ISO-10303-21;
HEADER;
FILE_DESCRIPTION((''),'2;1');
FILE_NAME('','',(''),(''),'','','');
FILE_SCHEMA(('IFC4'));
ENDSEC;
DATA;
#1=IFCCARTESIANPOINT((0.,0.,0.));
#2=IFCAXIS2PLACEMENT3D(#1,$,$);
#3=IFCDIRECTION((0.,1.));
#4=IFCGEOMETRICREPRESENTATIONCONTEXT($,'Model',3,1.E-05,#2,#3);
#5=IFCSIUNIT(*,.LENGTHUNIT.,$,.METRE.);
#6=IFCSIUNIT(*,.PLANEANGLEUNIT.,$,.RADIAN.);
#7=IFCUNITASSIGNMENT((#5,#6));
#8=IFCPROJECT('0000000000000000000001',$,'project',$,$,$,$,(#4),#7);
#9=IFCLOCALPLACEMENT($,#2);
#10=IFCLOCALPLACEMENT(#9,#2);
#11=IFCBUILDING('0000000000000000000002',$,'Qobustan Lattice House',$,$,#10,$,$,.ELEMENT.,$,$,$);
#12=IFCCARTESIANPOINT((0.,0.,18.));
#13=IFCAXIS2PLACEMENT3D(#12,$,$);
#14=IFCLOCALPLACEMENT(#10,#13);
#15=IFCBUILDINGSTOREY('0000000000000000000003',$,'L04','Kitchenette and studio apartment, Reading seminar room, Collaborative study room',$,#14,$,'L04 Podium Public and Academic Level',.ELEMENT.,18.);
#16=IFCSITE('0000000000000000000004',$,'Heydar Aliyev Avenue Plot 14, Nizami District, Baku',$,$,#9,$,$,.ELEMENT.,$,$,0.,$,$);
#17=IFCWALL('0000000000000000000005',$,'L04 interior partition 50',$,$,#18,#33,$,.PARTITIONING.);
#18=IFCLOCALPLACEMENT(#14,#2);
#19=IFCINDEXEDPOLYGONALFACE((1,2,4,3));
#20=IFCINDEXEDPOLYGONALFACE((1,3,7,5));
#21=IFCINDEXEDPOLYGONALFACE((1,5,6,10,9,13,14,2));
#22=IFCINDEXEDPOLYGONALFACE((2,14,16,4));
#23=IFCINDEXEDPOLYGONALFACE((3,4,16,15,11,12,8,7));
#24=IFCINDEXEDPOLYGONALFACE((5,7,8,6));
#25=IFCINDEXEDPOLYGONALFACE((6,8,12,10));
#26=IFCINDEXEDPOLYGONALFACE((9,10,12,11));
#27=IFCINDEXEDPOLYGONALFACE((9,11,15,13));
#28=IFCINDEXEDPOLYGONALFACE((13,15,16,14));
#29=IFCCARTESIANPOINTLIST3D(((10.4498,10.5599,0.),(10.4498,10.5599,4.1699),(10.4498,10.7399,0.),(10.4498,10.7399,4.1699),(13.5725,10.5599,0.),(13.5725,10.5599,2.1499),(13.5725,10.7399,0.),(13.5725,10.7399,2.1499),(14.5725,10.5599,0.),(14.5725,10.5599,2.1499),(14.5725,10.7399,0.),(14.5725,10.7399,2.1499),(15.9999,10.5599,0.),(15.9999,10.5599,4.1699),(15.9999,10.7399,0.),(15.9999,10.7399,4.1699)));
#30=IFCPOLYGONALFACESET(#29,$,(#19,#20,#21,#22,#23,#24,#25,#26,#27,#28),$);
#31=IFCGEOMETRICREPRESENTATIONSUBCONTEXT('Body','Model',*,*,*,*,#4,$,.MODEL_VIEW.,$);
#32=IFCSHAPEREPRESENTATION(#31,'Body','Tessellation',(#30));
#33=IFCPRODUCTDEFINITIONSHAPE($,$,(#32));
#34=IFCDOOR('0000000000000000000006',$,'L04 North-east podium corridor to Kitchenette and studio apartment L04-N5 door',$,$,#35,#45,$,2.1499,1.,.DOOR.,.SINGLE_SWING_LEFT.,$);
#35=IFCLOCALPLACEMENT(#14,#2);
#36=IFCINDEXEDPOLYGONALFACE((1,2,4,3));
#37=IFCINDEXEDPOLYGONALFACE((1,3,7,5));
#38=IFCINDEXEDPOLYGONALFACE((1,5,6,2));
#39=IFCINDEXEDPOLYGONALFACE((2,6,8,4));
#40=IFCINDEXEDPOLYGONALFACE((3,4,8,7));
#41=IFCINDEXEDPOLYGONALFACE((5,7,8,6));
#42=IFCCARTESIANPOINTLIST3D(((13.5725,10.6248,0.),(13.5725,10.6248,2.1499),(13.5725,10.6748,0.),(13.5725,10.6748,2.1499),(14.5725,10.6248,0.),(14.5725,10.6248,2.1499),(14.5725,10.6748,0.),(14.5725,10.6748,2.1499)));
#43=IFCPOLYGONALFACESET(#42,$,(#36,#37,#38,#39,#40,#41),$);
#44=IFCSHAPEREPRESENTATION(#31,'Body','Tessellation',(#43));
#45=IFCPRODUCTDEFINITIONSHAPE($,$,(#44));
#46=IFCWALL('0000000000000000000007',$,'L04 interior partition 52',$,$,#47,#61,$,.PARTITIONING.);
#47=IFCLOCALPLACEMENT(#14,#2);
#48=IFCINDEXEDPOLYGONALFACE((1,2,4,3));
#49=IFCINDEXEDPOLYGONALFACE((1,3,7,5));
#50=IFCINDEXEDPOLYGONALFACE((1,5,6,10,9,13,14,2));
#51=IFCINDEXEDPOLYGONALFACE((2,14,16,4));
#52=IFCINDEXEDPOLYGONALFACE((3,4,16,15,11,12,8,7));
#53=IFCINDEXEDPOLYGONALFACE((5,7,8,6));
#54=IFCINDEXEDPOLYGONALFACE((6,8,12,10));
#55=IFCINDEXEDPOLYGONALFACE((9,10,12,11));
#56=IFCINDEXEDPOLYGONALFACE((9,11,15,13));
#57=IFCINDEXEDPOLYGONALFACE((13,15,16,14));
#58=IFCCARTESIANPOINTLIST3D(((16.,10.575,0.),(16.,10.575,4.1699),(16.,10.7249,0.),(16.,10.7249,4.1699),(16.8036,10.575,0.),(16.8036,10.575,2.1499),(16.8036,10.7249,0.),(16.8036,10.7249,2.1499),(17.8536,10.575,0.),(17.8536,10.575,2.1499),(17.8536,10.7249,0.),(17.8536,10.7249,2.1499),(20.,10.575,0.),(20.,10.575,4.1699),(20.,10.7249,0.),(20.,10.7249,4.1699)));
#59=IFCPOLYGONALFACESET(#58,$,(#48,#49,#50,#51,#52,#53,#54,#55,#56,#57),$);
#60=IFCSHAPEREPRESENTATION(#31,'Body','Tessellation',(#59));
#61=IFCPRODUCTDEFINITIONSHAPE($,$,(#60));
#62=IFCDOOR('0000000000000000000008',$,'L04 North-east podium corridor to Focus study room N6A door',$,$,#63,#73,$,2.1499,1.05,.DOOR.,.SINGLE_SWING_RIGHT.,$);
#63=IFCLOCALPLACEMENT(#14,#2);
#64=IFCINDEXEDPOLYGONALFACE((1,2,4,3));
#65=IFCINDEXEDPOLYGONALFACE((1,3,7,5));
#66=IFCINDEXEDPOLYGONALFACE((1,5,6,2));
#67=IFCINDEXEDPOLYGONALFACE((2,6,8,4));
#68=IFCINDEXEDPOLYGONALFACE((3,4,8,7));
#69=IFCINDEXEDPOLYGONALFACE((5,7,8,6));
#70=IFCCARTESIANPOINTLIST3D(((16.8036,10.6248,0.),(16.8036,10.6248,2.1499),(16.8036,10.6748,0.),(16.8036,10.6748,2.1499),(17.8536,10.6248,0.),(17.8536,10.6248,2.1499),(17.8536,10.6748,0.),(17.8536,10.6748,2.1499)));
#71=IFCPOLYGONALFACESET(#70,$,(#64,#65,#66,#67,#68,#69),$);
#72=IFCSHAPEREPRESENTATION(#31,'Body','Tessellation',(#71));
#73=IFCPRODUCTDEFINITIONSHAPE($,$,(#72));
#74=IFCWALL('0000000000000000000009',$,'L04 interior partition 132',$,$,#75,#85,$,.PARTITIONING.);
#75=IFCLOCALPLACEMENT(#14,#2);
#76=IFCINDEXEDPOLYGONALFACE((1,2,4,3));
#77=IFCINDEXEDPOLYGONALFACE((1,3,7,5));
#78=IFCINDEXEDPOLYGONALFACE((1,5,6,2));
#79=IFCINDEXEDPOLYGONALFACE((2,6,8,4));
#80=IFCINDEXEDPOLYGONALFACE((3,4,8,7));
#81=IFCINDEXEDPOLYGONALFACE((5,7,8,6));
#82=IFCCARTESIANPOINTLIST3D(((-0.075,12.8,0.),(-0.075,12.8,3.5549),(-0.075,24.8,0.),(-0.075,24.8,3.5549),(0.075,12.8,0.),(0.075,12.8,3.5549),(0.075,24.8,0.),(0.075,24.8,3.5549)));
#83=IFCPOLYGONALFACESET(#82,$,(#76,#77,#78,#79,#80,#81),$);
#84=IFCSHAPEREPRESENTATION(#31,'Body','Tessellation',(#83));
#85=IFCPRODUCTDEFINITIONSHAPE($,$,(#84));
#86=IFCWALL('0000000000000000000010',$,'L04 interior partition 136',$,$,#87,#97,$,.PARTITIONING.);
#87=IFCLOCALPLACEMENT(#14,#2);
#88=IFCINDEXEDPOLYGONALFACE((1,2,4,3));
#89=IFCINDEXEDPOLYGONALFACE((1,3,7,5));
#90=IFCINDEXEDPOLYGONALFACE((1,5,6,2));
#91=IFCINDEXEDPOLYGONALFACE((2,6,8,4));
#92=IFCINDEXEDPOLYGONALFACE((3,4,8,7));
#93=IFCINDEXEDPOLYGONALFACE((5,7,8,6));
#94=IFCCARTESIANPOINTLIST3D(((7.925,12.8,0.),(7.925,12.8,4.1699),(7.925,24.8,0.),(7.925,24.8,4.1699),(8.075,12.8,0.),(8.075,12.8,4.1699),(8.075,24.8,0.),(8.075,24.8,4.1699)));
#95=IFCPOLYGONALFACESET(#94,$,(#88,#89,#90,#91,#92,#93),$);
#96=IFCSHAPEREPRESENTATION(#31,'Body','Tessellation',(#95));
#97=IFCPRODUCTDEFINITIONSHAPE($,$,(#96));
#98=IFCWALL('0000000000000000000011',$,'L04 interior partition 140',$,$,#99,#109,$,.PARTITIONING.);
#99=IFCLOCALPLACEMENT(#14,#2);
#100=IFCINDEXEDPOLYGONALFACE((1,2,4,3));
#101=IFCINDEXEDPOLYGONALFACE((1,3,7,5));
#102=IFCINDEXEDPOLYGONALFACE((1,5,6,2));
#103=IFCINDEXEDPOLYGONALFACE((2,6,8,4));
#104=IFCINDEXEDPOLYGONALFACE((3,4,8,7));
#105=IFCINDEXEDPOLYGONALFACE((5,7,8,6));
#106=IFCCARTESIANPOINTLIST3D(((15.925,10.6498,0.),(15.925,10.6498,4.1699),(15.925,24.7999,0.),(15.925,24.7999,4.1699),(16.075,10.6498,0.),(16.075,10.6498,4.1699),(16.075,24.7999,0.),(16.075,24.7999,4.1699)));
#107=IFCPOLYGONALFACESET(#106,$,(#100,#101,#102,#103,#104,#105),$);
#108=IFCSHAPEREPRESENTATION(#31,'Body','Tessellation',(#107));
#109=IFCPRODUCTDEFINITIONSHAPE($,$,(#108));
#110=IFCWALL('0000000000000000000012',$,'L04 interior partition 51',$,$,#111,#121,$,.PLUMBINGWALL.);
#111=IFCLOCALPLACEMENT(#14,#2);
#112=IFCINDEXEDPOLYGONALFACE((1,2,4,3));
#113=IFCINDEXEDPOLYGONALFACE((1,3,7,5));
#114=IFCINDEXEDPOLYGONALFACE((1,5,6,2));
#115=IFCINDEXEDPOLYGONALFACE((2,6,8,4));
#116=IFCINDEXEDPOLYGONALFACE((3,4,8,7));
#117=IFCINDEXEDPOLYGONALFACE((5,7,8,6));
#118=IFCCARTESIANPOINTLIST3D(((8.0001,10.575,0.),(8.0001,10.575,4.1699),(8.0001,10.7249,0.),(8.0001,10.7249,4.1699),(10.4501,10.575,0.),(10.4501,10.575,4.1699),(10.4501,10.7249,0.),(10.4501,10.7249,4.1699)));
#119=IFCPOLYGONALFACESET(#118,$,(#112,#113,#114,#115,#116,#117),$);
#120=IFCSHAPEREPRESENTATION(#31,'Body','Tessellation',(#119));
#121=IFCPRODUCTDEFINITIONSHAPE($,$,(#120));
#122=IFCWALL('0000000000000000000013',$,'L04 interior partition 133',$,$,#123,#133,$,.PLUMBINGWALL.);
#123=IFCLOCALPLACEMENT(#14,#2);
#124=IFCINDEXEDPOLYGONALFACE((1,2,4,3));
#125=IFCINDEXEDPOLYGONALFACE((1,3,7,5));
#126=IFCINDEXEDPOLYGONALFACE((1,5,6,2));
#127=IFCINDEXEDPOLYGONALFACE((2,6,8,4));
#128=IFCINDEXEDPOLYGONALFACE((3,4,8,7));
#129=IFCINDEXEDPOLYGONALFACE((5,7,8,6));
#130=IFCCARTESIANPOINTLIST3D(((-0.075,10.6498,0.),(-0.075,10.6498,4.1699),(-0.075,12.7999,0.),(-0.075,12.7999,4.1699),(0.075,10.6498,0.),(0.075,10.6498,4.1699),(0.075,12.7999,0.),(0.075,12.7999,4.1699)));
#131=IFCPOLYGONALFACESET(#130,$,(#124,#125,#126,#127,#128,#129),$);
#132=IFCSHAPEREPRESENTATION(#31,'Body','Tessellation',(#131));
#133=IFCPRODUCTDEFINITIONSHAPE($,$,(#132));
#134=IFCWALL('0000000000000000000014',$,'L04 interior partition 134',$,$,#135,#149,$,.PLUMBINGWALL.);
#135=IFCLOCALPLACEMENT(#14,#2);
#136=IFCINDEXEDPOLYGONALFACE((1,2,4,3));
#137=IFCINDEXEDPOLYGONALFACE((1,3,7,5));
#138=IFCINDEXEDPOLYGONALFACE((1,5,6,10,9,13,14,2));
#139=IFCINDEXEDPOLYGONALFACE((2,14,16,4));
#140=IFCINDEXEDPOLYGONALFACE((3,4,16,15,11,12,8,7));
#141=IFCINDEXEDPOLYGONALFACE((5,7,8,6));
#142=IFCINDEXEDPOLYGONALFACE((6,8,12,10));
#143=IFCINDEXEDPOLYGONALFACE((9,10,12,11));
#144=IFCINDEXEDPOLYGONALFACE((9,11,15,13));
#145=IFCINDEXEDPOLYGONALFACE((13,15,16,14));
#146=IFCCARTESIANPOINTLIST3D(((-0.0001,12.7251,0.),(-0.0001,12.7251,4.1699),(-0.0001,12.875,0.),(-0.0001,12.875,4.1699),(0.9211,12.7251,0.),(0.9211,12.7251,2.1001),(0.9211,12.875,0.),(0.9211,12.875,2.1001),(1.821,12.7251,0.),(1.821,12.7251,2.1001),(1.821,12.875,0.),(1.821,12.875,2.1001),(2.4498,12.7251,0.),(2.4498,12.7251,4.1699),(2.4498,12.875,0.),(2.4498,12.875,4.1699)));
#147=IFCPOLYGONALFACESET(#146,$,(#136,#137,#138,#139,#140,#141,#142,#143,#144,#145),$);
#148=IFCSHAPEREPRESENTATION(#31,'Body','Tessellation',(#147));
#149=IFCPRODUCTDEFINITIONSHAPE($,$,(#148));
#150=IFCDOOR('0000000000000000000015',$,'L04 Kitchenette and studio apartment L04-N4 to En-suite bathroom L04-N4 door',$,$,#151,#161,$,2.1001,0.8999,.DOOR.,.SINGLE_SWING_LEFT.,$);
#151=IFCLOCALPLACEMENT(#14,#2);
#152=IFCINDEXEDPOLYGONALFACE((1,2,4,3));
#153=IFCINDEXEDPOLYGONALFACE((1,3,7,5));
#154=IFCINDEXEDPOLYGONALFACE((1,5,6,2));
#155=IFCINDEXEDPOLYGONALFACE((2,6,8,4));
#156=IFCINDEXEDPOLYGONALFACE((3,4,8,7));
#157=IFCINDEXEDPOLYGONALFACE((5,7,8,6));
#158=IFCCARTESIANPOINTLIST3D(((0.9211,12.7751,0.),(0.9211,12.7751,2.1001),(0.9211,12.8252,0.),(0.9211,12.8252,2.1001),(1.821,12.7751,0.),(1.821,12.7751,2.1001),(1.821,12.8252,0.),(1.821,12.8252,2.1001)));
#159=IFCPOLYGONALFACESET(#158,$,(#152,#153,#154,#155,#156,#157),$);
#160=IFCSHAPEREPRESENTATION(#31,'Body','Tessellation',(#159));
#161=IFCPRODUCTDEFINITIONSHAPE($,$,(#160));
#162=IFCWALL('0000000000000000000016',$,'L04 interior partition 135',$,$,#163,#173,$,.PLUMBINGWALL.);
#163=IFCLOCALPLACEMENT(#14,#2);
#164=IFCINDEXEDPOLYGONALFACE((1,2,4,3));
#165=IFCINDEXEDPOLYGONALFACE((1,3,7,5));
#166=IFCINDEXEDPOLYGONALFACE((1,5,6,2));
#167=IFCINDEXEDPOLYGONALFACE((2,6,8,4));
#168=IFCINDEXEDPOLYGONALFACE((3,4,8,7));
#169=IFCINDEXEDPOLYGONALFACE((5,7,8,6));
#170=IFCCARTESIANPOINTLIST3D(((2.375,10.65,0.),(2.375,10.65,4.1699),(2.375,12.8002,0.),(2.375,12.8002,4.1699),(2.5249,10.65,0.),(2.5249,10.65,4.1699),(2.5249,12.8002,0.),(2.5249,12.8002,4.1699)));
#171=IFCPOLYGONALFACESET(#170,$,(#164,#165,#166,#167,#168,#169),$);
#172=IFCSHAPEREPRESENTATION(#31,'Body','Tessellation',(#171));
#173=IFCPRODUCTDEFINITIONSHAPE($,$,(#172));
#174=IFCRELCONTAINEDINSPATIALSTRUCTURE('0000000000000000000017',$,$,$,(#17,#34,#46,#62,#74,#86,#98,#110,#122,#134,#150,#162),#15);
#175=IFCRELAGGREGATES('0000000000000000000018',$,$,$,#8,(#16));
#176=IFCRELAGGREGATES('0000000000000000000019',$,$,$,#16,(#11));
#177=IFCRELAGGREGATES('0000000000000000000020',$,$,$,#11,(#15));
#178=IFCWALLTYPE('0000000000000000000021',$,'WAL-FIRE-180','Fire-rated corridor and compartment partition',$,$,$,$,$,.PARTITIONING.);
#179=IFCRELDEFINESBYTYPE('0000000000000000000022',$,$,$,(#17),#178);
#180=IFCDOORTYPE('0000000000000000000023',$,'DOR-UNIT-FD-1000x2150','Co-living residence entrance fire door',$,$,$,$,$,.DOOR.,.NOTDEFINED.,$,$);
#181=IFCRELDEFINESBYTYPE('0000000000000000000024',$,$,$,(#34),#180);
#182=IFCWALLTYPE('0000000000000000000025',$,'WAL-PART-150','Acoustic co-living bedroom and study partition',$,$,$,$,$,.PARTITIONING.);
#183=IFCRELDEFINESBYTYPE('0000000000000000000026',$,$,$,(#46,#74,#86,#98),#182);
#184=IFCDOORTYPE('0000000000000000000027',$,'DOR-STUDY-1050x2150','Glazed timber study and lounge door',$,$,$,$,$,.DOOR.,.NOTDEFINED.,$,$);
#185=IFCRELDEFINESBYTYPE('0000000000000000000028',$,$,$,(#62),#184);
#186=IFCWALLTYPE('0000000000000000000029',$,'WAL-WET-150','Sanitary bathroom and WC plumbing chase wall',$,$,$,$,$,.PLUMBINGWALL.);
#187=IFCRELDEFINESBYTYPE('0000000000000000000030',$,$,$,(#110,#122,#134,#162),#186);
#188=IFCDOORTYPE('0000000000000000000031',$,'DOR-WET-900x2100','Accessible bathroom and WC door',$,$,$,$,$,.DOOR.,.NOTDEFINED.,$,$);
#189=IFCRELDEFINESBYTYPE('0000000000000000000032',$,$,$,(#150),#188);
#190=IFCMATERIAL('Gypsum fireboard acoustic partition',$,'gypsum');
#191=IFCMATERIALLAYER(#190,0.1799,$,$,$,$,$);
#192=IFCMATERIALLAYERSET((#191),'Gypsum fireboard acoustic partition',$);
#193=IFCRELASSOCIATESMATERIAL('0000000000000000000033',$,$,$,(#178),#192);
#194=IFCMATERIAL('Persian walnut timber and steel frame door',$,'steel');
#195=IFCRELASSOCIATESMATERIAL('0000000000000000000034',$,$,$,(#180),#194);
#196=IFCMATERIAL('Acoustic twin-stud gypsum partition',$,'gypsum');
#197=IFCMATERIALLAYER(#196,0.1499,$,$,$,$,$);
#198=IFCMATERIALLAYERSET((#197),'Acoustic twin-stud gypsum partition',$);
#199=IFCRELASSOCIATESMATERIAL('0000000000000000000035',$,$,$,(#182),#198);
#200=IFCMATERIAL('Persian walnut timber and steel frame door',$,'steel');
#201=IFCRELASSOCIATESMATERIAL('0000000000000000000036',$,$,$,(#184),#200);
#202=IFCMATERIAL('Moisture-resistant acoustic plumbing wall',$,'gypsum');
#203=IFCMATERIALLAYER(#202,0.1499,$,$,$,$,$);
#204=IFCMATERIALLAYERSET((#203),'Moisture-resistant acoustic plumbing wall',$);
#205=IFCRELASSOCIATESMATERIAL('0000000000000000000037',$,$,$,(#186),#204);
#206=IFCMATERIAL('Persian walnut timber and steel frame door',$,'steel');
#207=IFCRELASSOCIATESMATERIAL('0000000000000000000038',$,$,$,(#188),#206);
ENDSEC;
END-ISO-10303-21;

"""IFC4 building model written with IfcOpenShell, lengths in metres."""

from ifc_helpers import new_model, si_unit, direction, frame, frame_2d, origin, place, context, subcontext, project, spatial, rectangle, extrude, material, layer, layer_set, type_object, element, fill, save


model = new_model("IFC4")

# Units and contexts
model_context = context("Model", 3, precision=1e-05, world=origin(), true_north=direction((0.0, 1.0)))
body_context = subcontext(model_context, "Body", "Model", "MODEL_VIEW")
ifc_project = project(units=[si_unit("LENGTHUNIT", "METRE"), si_unit("PLANEANGLEUNIT", "RADIAN")], contexts=[model_context])

# Site, building, storey
site_placement = place(None, origin())
site = spatial("IfcSite", under=ifc_project, at=site_placement, Name="Heydar Aliyev Avenue Plot 14, Nizami District, Baku", CompositionType="ELEMENT", RefElevation=0.0)
building_placement = place(site_placement, origin())
building = spatial("IfcBuilding", under=site, at=building_placement, Name="Qobustan Lattice House", CompositionType="ELEMENT")
storey_placement = place(building_placement, frame((0.0, 0.0, 18.0)))
storey = spatial("IfcBuildingStorey", under=building, at=storey_placement, Name="L04", Description="Kitchenette and studio apartment, Reading seminar room, Collaborative study room", LongName="L04 Podium Public and Academic Level", CompositionType="ELEMENT", Elevation=18.0)

# Walls, openings, doors
ifc_material_1 = material(Name="Gypsum fireboard acoustic partition", Category="gypsum")
ifc_layer_1 = layer(ifc_material_1, 0.1799)
ifc_layer_set_1 = layer_set([ifc_layer_1], Name="Gypsum fireboard acoustic partition")
wall_type_1 = type_object("IfcWallType", Name="WAL-FIRE-180", Description="Fire-rated corridor and compartment partition", PredefinedType="PARTITIONING", material=ifc_layer_set_1)
wall_1_placement = place(storey_placement, frame((10.45, 10.6499, 0.0), z_axis=(0.0, 0.0, 1.0), x_axis=(1.0, 0.0, 0.0)))
wall_1 = element("IfcWall", 1, at=wall_1_placement, inside=storey, type_object=wall_type_1, Name="L04 interior partition 50", PredefinedType="PARTITIONING", context=body_context, shape_type="SweptSolid", body=[
    extrude(rectangle(XDim=5.55, YDim=0.1799, at=frame_2d((2.7749, 0.0))), origin(), (0.0, 0.0, 1.0), 4.1699),
])
opening_1_placement = place(wall_1_placement, frame((3.1226, 0.0, 0.0)))
opening_1 = element("IfcOpeningElement", 2, at=opening_1_placement, cuts=wall_1, PredefinedType="OPENING", context=body_context, shape_type="SweptSolid", body=[
    extrude(rectangle(XDim=1.0, YDim=2.1499, at=frame_2d((0.5, 1.075))), frame((0.0, 0.0999, 0.0), z_axis=(0.0, -1.0, 0.0), x_axis=(1.0, 0.0, 0.0)), (0.0, 0.0, 1.0), 0.2),
])
ifc_material_2 = material(Name="Persian walnut timber and steel frame door", Category="steel")
door_type_1 = type_object("IfcDoorType", Name="DOR-UNIT-FD-1000x2150", Description="Co-living residence entrance fire door", OperationType="NOTDEFINED", PredefinedType="DOOR", material=ifc_material_2)
door_1_placement = place(opening_1_placement, origin())
door_1 = element("IfcDoor", 3, at=door_1_placement, inside=storey, type_object=door_type_1, Name="L04 North-east podium corridor to Kitchenette and studio apartment L04-N5 door", OperationType="SINGLE_SWING_LEFT", OverallHeight=2.1499, OverallWidth=1.0, PredefinedType="DOOR", context=body_context, shape_type="SweptSolid", body=[
    extrude(rectangle(XDim=1.0, YDim=2.1499, at=frame_2d((0.5, 1.075))), frame((0.0, 0.0249, 0.0), z_axis=(0.0, -1.0, 0.0), x_axis=(1.0, 0.0, 0.0)), (0.0, 0.0, 1.0), 0.05),
])
fill(opening_1, door_1)
ifc_material_3 = material(Name="Acoustic twin-stud gypsum partition", Category="gypsum")
ifc_layer_2 = layer(ifc_material_3, 0.1499)
ifc_layer_set_2 = layer_set([ifc_layer_2], Name="Acoustic twin-stud gypsum partition")
wall_type_2 = type_object("IfcWallType", Name="WAL-PART-150", Description="Acoustic co-living bedroom and study partition", PredefinedType="PARTITIONING", material=ifc_layer_set_2)
wall_2_placement = place(storey_placement, frame((16.0, 10.6499, 0.0), z_axis=(0.0, 0.0, 1.0), x_axis=(1.0, 0.0, 0.0)))
wall_2 = element("IfcWall", 4, at=wall_2_placement, inside=storey, type_object=wall_type_2, Name="L04 interior partition 52", PredefinedType="PARTITIONING", context=body_context, shape_type="SweptSolid", body=[
    extrude(rectangle(XDim=4.0, YDim=0.1499, at=frame_2d((2.0, 0.0))), origin(), (0.0, 0.0, 1.0), 4.1699),
])
opening_2_placement = place(wall_2_placement, frame((0.8037, 0.0, 0.0)))
opening_2 = element("IfcOpeningElement", 5, at=opening_2_placement, cuts=wall_2, PredefinedType="OPENING", context=body_context, shape_type="SweptSolid", body=[
    extrude(rectangle(XDim=1.05, YDim=2.1499, at=frame_2d((0.5249, 1.075))), frame((0.0, 0.085, 0.0), z_axis=(0.0, -1.0, 0.0), x_axis=(1.0, 0.0, 0.0)), (0.0, 0.0, 1.0), 0.1699),
])
ifc_material_4 = material(Name="Persian walnut timber and steel frame door", Category="steel")
door_type_2 = type_object("IfcDoorType", Name="DOR-STUDY-1050x2150", Description="Glazed timber study and lounge door", OperationType="NOTDEFINED", PredefinedType="DOOR", material=ifc_material_4)
door_2_placement = place(opening_2_placement, origin())
door_2 = element("IfcDoor", 6, at=door_2_placement, inside=storey, type_object=door_type_2, Name="L04 North-east podium corridor to Focus study room N6A door", OperationType="SINGLE_SWING_RIGHT", OverallHeight=2.1499, OverallWidth=1.05, PredefinedType="DOOR", context=body_context, shape_type="SweptSolid", body=[
    extrude(rectangle(XDim=1.05, YDim=2.1499, at=frame_2d((0.5249, 1.075))), frame((0.0, 0.0249, 0.0), z_axis=(0.0, -1.0, 0.0), x_axis=(1.0, 0.0, 0.0)), (0.0, 0.0, 1.0), 0.05),
])
fill(opening_2, door_2)

# Walls
wall_3_placement = place(storey_placement, frame((0.0, 24.8, 0.0), z_axis=(0.0, 0.0, 1.0), x_axis=(0.0, -1.0, 0.0)))
element("IfcWall", 7, at=wall_3_placement, inside=storey, type_object=wall_type_2, Name="L04 interior partition 132", PredefinedType="PARTITIONING", context=body_context, shape_type="SweptSolid", body=[
    extrude(rectangle(XDim=12.0, YDim=0.1499, at=frame_2d((6.0, 0.0))), origin(), (0.0, 0.0, 1.0), 3.5549),
])
wall_4_placement = place(storey_placement, frame((8.0, 24.8, 0.0), z_axis=(0.0, 0.0, 1.0), x_axis=(0.0, -1.0, 0.0)))
element("IfcWall", 8, at=wall_4_placement, inside=storey, type_object=wall_type_2, Name="L04 interior partition 136", PredefinedType="PARTITIONING", context=body_context, shape_type="SweptSolid", body=[
    extrude(rectangle(XDim=12.0, YDim=0.1499, at=frame_2d((6.0, 0.0))), origin(), (0.0, 0.0, 1.0), 4.1699),
])
wall_5_placement = place(storey_placement, frame((16.0, 24.8, 0.0), z_axis=(0.0, 0.0, 1.0), x_axis=(0.0, -1.0, 0.0)))
element("IfcWall", 9, at=wall_5_placement, inside=storey, type_object=wall_type_2, Name="L04 interior partition 140", PredefinedType="PARTITIONING", context=body_context, shape_type="SweptSolid", body=[
    extrude(rectangle(XDim=14.1501, YDim=0.1499, at=frame_2d((7.0752, 0.0))), origin(), (0.0, 0.0, 1.0), 4.1699),
])
ifc_material_5 = material(Name="Moisture-resistant acoustic plumbing wall", Category="gypsum")
ifc_layer_3 = layer(ifc_material_5, 0.1499)
ifc_layer_set_3 = layer_set([ifc_layer_3], Name="Moisture-resistant acoustic plumbing wall")
wall_type_3 = type_object("IfcWallType", Name="WAL-WET-150", Description="Sanitary bathroom and WC plumbing chase wall", PredefinedType="PLUMBINGWALL", material=ifc_layer_set_3)
wall_6_placement = place(storey_placement, frame((8.0, 10.6499, 0.0), z_axis=(0.0, 0.0, 1.0), x_axis=(1.0, 0.0, 0.0)))
element("IfcWall", 10, at=wall_6_placement, inside=storey, type_object=wall_type_3, Name="L04 interior partition 51", PredefinedType="PLUMBINGWALL", context=body_context, shape_type="SweptSolid", body=[
    extrude(rectangle(XDim=2.45, YDim=0.1499, at=frame_2d((1.2251, 0.0))), origin(), (0.0, 0.0, 1.0), 4.1699),
])
wall_7_placement = place(storey_placement, frame((0.0, 12.8, 0.0), z_axis=(0.0, 0.0, 1.0), x_axis=(0.0, -1.0, 0.0)))
element("IfcWall", 11, at=wall_7_placement, inside=storey, type_object=wall_type_3, Name="L04 interior partition 133", PredefinedType="PLUMBINGWALL", context=body_context, shape_type="SweptSolid", body=[
    extrude(rectangle(XDim=2.1501, YDim=0.1499, at=frame_2d((1.0752, 0.0))), origin(), (0.0, 0.0, 1.0), 4.1699),
])

# Wall, opening, door
wall_8_placement = place(storey_placement, frame((2.45, 12.8, 0.0), z_axis=(0.0, 0.0, 1.0), x_axis=(-1.0, 0.0, 0.0)))
wall_8 = element("IfcWall", 12, at=wall_8_placement, inside=storey, type_object=wall_type_3, Name="L04 interior partition 134", PredefinedType="PLUMBINGWALL", context=body_context, shape_type="SweptSolid", body=[
    extrude(rectangle(XDim=2.45, YDim=0.1499, at=frame_2d((1.2251, 0.0))), origin(), (0.0, 0.0, 1.0), 4.1699),
])
opening_3_placement = place(wall_8_placement, frame((0.6289, 0.0, 0.0)))
opening_3 = element("IfcOpeningElement", 13, at=opening_3_placement, cuts=wall_8, PredefinedType="OPENING", context=body_context, shape_type="SweptSolid", body=[
    extrude(rectangle(XDim=0.8999, YDim=2.1001, at=frame_2d((0.45, 1.05))), frame((0.0, 0.085, 0.0), z_axis=(0.0, -1.0, 0.0), x_axis=(1.0, 0.0, 0.0)), (0.0, 0.0, 1.0), 0.1699),
])
ifc_material_6 = material(Name="Persian walnut timber and steel frame door", Category="steel")
door_type_3 = type_object("IfcDoorType", Name="DOR-WET-900x2100", Description="Accessible bathroom and WC door", OperationType="NOTDEFINED", PredefinedType="DOOR", material=ifc_material_6)
door_3_placement = place(opening_3_placement, origin())
door_3 = element("IfcDoor", 14, at=door_3_placement, inside=storey, type_object=door_type_3, Name="L04 Kitchenette and studio apartment L04-N4 to En-suite bathroom L04-N4 door", OperationType="SINGLE_SWING_LEFT", OverallHeight=2.1001, OverallWidth=0.8999, PredefinedType="DOOR", context=body_context, shape_type="SweptSolid", body=[
    extrude(rectangle(XDim=0.8999, YDim=2.1001, at=frame_2d((0.45, 1.05))), frame((0.0, 0.0249, 0.0), z_axis=(0.0, -1.0, 0.0), x_axis=(1.0, 0.0, 0.0)), (0.0, 0.0, 1.0), 0.05),
])
fill(opening_3, door_3)

# Wall
for number, where, z_axis, x_axis, name in (
    (15, (2.45, 10.6499, 0.0), (0.0, 0.0, 1.0), (0.0, 1.0, 0.0), "L04 interior partition 135"),
):
    element("IfcWall", number, at=place(storey_placement, frame(where, z_axis=z_axis, x_axis=x_axis)), inside=storey, type_object=wall_type_3, Name=name, PredefinedType="PLUMBINGWALL", context=body_context, shape_type="SweptSolid", body=[
        extrude(rectangle(XDim=2.1501, YDim=0.1499, at=frame_2d((1.0752, 0.0))), origin(), (0.0, 0.0, 1.0), 4.1699),
    ])

save(model, "model.ifc")
